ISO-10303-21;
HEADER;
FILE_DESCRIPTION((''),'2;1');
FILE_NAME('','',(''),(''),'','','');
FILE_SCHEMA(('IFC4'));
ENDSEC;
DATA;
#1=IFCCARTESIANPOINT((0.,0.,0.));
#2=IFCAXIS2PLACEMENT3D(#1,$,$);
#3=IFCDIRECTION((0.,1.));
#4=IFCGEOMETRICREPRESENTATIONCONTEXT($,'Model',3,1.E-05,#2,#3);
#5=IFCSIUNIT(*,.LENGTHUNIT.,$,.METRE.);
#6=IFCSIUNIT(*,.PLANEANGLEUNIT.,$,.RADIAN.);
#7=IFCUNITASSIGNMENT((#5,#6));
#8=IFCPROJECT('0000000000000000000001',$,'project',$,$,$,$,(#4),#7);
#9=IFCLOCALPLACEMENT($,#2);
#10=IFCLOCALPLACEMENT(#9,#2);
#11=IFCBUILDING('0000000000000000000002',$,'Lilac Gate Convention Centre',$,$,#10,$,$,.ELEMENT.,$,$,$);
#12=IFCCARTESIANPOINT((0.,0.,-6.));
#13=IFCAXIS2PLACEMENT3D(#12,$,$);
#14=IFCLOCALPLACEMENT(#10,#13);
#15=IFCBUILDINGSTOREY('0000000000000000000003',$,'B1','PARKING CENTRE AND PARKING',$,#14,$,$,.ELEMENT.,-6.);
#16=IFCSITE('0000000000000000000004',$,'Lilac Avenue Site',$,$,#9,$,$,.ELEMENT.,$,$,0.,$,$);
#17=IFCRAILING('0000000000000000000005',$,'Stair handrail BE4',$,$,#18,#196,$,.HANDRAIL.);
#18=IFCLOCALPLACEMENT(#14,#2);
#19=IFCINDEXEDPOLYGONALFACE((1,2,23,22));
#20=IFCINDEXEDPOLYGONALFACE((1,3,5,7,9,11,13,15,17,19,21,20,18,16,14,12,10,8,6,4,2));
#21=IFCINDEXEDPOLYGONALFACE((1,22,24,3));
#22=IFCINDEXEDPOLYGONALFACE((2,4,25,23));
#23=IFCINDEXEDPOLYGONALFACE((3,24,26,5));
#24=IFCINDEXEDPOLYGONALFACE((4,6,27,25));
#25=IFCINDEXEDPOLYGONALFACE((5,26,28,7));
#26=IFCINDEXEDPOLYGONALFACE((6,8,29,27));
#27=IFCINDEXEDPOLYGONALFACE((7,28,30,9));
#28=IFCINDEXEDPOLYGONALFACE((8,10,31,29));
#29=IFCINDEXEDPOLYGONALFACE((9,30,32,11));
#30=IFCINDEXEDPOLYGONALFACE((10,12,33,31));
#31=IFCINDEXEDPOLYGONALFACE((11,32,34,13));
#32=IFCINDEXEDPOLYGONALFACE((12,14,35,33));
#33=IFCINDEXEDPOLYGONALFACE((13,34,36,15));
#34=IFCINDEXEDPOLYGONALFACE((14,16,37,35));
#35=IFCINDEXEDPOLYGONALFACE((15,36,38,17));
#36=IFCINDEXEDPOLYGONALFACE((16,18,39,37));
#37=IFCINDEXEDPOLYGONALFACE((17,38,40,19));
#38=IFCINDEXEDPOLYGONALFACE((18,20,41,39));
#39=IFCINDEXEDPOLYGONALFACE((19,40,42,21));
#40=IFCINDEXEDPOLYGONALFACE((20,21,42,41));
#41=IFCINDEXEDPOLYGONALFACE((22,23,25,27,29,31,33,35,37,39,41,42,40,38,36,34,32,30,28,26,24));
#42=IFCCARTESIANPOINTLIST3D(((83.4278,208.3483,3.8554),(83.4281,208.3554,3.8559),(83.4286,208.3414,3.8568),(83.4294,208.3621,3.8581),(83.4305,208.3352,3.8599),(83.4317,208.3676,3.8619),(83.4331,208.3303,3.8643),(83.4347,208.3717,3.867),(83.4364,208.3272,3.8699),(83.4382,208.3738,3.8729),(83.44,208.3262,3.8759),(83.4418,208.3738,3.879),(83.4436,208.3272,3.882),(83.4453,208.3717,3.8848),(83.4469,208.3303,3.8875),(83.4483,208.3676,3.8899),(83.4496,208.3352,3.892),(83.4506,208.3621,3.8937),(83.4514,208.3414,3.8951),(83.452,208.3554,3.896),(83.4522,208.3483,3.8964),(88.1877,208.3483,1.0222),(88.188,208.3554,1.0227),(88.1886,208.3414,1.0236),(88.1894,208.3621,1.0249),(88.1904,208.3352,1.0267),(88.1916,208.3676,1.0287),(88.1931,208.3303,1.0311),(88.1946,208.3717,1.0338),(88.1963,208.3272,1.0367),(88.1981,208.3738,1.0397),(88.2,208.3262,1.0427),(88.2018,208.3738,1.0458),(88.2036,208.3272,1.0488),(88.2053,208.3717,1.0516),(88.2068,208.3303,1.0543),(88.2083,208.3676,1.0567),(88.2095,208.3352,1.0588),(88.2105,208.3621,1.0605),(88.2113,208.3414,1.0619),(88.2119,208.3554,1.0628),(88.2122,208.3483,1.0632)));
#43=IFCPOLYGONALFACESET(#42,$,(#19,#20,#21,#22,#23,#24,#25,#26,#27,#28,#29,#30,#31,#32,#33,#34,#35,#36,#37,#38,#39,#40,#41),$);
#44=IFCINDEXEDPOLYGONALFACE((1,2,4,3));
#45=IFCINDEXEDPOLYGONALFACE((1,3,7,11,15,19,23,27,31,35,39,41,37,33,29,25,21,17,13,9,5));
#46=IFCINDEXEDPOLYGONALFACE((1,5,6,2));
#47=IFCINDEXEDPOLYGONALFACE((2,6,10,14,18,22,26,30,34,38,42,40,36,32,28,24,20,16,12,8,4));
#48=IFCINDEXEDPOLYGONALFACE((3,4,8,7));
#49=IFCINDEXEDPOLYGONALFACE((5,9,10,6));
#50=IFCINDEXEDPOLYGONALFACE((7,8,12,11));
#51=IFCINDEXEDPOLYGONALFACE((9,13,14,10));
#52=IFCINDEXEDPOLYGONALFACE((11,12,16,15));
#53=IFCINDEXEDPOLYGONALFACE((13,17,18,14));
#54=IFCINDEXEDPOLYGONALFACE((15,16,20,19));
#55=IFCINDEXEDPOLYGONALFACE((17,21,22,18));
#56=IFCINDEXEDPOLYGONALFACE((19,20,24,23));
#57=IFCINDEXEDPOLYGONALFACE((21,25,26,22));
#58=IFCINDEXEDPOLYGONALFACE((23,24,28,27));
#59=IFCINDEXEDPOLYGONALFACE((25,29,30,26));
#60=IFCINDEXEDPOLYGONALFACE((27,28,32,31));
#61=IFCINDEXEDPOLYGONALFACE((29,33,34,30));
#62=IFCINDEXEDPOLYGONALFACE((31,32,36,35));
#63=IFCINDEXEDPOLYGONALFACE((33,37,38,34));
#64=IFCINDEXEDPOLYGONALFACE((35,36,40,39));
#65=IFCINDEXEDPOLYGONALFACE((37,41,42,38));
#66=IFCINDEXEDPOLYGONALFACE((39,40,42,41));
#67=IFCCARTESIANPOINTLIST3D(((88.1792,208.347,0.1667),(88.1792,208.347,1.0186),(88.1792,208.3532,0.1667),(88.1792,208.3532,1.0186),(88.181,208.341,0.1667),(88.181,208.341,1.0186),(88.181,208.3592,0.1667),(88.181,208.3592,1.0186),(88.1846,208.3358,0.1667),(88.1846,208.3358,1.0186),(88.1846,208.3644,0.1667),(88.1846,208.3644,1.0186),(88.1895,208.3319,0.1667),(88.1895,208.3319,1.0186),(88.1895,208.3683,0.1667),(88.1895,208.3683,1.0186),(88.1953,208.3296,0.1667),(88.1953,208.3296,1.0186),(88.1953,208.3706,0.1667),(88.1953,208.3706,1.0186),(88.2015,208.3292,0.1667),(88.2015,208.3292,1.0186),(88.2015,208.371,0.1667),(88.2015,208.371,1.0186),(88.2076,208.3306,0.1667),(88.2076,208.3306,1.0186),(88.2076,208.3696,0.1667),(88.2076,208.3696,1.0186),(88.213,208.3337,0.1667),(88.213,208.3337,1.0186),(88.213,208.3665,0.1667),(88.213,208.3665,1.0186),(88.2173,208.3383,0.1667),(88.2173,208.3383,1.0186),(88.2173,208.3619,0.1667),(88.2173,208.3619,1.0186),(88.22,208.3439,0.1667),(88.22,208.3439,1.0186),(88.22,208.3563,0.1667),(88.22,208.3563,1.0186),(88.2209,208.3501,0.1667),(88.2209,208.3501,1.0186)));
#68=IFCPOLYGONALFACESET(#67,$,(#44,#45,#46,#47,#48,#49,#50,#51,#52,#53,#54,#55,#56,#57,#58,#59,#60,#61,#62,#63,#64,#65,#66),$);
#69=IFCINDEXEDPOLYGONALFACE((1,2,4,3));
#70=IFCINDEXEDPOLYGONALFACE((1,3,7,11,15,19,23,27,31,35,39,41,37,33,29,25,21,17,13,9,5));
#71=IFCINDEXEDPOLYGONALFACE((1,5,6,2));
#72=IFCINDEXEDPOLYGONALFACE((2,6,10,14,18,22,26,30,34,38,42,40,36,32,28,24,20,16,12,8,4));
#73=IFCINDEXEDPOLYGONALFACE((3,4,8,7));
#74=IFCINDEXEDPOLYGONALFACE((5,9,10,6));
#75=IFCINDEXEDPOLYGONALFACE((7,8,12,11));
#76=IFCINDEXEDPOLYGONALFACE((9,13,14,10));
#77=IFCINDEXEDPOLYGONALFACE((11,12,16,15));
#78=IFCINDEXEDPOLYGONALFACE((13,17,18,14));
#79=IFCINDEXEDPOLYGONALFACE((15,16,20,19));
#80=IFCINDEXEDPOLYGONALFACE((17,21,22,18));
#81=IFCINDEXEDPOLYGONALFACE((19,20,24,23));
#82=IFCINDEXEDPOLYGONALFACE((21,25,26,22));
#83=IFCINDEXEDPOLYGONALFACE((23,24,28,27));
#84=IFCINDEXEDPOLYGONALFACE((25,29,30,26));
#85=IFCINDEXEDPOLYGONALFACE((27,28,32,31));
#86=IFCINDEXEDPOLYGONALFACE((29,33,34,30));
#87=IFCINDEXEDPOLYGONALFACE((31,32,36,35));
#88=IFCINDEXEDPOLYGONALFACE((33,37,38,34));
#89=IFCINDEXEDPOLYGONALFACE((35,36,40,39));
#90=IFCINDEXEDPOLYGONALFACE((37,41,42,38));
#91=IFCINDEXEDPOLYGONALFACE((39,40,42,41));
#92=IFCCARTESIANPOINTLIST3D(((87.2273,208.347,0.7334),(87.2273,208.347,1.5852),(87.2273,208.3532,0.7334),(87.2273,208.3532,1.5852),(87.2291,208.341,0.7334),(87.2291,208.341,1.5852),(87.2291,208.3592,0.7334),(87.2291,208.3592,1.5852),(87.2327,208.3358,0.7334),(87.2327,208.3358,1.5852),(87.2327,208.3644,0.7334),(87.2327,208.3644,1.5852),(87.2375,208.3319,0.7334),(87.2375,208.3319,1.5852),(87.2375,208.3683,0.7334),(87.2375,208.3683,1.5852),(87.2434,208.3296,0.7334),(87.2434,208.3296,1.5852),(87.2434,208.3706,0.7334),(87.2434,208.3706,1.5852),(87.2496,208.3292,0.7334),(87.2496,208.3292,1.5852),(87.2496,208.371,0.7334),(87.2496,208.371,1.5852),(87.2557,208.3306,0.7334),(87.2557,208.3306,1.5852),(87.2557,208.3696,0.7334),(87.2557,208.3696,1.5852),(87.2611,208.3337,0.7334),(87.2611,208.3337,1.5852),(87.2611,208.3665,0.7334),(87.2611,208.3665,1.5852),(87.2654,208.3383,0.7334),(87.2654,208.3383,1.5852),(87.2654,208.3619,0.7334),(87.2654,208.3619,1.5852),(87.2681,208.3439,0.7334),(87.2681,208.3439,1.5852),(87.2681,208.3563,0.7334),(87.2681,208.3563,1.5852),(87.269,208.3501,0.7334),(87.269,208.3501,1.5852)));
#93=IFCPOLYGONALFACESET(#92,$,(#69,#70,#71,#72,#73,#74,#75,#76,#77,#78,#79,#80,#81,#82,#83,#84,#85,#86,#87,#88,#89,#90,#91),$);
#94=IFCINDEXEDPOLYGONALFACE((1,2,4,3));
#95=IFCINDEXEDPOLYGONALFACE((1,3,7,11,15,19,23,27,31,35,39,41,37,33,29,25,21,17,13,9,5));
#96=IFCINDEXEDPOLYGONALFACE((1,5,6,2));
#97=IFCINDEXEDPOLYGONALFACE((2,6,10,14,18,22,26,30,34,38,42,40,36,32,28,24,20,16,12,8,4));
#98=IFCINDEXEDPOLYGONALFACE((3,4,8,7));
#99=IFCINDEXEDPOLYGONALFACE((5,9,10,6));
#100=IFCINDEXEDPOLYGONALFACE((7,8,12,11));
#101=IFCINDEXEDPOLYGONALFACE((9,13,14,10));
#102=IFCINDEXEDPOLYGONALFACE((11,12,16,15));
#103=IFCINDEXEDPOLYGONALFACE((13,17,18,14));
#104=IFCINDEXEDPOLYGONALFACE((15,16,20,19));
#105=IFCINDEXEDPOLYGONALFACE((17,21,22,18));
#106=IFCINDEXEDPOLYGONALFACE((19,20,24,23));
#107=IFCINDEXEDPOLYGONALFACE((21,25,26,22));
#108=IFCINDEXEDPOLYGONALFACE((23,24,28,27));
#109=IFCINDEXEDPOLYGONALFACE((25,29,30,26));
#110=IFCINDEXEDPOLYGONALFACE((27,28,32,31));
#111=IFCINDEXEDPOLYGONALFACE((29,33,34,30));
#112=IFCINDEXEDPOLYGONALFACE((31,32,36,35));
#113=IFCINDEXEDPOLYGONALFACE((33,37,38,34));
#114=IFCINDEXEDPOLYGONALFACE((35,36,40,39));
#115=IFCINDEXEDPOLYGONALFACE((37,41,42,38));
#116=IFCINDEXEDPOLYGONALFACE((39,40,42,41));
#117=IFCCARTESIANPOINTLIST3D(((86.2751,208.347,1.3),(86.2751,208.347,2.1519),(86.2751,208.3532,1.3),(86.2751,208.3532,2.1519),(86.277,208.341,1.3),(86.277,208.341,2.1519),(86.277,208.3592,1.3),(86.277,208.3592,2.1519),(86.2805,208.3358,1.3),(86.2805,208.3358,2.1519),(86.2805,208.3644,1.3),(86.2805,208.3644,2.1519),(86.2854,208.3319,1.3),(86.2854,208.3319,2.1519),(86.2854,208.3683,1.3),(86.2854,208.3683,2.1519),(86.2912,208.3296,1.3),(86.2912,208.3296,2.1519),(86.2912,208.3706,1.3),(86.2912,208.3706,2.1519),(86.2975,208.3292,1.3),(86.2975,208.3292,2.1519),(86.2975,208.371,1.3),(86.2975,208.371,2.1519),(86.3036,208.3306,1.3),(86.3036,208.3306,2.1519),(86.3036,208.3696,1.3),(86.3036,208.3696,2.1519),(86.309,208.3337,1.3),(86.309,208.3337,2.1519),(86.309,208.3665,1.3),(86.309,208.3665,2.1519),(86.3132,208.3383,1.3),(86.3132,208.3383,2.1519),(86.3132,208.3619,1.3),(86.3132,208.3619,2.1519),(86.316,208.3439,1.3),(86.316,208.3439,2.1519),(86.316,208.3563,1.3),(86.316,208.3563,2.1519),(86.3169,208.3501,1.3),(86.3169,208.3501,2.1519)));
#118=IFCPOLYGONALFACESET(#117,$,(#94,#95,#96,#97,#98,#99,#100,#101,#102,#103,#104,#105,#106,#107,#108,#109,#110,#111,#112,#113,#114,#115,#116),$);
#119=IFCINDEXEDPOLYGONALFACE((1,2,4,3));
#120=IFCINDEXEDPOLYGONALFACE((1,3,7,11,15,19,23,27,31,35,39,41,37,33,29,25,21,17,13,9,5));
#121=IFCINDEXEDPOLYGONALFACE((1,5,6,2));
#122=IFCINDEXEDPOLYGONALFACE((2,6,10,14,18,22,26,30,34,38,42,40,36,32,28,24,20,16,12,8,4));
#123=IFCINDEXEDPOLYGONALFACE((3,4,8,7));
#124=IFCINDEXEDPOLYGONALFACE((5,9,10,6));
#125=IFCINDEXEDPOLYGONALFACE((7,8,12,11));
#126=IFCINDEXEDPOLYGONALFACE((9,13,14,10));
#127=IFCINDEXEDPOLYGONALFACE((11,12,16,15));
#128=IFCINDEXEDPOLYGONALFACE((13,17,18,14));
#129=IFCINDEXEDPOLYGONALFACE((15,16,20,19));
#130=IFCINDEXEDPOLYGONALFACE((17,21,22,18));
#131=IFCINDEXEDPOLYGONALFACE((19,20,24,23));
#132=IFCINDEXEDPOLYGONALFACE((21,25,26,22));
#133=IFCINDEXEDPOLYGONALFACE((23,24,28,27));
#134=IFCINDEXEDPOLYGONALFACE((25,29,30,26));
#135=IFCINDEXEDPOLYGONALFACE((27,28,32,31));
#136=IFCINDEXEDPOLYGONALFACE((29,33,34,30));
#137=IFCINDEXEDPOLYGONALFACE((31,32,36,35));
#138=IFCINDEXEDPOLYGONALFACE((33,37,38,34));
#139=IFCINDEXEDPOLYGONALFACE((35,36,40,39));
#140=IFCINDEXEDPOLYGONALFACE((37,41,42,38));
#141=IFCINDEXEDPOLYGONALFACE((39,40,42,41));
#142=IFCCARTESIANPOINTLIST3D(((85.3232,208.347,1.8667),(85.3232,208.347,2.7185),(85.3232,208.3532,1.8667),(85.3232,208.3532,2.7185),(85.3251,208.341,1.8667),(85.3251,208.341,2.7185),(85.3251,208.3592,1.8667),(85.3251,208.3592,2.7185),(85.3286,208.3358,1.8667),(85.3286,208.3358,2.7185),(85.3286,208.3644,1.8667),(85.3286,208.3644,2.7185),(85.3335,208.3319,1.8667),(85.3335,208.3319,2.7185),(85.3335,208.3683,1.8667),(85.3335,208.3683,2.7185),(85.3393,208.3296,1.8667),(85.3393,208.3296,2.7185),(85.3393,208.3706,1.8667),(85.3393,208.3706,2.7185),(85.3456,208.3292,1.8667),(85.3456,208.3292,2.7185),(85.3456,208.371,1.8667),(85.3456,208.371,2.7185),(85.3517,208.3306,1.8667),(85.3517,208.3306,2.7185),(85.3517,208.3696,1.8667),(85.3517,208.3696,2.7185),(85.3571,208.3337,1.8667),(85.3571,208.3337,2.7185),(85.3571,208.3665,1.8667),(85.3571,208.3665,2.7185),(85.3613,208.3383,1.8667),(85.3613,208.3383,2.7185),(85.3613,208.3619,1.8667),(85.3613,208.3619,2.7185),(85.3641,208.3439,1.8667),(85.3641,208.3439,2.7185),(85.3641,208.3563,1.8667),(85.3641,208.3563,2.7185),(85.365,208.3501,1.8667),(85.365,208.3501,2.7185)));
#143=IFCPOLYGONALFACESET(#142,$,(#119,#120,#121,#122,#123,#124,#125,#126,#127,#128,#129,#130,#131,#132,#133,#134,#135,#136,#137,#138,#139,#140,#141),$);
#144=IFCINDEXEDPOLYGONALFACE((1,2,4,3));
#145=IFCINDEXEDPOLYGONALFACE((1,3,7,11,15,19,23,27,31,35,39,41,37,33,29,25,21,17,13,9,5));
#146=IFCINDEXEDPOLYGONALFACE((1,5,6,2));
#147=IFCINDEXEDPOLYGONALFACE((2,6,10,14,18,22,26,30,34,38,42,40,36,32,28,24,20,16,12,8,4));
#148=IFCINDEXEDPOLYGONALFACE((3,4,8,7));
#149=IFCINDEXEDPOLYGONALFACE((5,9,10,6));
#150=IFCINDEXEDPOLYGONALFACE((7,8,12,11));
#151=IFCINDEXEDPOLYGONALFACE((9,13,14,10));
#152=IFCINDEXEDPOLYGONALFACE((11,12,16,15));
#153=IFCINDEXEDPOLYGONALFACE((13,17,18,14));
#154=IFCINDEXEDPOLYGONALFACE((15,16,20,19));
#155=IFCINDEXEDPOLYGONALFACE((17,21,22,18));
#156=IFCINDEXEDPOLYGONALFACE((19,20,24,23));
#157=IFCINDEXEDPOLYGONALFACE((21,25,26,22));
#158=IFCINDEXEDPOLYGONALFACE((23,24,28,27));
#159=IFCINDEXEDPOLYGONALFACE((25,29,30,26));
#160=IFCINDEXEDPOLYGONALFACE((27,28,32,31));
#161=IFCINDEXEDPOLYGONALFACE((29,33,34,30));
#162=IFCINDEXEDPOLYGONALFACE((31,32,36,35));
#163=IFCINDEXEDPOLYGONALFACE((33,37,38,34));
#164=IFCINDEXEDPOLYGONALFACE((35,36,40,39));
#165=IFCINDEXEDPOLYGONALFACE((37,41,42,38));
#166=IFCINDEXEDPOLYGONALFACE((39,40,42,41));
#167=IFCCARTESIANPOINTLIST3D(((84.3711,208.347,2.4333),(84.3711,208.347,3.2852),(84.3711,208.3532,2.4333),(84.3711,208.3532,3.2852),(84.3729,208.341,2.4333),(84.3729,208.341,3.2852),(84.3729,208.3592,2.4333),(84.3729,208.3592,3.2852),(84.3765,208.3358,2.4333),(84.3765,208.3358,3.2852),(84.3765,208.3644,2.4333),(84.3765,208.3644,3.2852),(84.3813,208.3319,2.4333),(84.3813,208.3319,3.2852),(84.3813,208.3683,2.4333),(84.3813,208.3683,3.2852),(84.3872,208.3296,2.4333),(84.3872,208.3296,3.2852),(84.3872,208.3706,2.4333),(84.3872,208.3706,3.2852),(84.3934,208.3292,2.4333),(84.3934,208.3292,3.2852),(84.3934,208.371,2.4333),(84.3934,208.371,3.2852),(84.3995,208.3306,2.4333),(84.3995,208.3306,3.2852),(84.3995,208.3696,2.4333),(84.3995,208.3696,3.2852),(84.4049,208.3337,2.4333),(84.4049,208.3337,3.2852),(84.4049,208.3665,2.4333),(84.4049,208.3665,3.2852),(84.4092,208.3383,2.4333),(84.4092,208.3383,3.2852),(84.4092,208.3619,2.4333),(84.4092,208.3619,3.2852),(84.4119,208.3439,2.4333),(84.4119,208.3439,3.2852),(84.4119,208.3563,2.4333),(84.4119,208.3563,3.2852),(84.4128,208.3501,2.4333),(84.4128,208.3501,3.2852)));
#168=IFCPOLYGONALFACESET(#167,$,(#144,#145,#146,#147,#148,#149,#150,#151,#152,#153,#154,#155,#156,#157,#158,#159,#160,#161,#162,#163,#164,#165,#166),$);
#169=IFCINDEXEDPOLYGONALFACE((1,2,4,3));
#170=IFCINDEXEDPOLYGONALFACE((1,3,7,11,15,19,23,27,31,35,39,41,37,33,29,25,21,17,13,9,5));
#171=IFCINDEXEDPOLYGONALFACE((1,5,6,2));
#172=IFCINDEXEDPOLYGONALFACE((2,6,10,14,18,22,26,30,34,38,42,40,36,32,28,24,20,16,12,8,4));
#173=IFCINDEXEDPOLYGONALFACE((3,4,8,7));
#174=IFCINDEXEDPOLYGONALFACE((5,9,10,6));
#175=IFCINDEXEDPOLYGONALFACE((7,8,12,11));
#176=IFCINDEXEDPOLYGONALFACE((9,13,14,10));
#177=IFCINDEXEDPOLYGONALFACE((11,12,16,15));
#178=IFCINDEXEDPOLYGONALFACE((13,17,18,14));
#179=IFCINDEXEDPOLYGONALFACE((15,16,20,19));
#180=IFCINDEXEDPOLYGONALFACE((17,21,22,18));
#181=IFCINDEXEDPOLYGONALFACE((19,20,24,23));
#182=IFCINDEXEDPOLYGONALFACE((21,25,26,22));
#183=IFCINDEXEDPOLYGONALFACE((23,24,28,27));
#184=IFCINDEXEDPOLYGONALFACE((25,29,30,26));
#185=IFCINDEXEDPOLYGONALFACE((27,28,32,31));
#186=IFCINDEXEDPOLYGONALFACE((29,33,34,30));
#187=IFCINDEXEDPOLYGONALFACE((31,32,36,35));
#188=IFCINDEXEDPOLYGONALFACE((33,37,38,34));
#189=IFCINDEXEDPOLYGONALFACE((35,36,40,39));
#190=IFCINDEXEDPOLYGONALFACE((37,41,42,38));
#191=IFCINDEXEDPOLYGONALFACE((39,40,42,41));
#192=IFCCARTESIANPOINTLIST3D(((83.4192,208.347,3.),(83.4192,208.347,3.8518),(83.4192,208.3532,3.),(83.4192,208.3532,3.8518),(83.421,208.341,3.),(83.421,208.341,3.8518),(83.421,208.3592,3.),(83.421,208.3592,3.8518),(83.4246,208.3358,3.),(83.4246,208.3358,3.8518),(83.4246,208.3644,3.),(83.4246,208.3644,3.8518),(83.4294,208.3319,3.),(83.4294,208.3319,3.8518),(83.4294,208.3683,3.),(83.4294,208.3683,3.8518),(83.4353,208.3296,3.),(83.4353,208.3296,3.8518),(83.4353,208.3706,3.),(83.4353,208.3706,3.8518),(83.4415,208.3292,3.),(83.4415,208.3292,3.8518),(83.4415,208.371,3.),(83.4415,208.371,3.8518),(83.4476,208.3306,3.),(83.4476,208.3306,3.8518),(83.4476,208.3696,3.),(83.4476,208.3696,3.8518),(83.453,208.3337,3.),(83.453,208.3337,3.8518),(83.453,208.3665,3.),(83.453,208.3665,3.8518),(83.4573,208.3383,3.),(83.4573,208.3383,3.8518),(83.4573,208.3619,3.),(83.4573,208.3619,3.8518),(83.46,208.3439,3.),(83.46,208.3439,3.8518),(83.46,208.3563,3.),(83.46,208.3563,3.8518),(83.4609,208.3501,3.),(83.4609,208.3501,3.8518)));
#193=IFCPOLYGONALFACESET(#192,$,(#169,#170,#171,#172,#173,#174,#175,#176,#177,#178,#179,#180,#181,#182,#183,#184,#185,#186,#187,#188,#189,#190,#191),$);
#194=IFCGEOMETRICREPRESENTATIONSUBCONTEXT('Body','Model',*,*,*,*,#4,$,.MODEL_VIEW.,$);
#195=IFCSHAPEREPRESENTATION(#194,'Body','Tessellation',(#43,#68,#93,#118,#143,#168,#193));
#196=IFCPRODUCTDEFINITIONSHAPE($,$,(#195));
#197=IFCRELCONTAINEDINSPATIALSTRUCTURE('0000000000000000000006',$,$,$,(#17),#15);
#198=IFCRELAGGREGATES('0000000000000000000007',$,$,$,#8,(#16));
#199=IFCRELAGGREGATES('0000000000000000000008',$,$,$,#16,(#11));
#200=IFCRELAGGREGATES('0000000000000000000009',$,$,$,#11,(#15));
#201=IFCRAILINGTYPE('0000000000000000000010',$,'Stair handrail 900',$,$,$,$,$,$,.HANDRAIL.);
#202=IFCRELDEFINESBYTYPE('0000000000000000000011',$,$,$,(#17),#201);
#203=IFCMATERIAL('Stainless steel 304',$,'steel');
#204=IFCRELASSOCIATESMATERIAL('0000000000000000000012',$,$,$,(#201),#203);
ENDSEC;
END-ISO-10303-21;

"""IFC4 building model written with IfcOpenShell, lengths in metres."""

from ifc_helpers import new_model, si_unit, direction, frame, origin, origin_2d, place, context, subcontext, project, spatial, circle, extrude, material, type_object, element, save


model = new_model("IFC4")

# Units and contexts
model_context = context("Model", 3, precision=1e-05, world=origin(), true_north=direction((0.0, 1.0)))
body_context = subcontext(model_context, "Body", "Model", "MODEL_VIEW")
ifc_project = project(units=[si_unit("LENGTHUNIT", "METRE"), si_unit("PLANEANGLEUNIT", "RADIAN")], contexts=[model_context])

# Site, building, storey
site_placement = place(None, origin())
site = spatial("IfcSite", under=ifc_project, at=site_placement, Name="Lilac Avenue Site", CompositionType="ELEMENT", RefElevation=0.0)
building_placement = place(site_placement, origin())
building = spatial("IfcBuilding", under=site, at=building_placement, Name="Lilac Gate Convention Centre", CompositionType="ELEMENT")
storey_placement = place(building_placement, frame((0.0, 0.0, -6.0)))
storey = spatial("IfcBuildingStorey", under=building, at=storey_placement, Name="B1", Description="PARKING CENTRE AND PARKING", CompositionType="ELEMENT", Elevation=-6.0)

# Railing
ifc_material_1 = material(Name="Stainless steel 304", Category="steel")
railing_type = type_object("IfcRailingType", Name="Stair handrail 900", PredefinedType="HANDRAIL", material=ifc_material_1)
for number, where, name in (
    (1, (88.2, 208.3501, 0.1667), "Stair handrail BE4"),
):
    element("IfcRailing", number, at=place(storey_placement, frame(where)), inside=storey, type_object=railing_type, Name=name, PredefinedType="HANDRAIL", context=body_context, shape_type="SweptSolid", body=[
        extrude(circle(Radius=0.0239, at=origin_2d()), frame((0.0, 0.0, 0.876), z_axis=(-0.8593, 0.0, 0.511472), x_axis=(0.0, -1.0, 0.0)), (0.0, 0.0, 1.0), 5.5393),
        extrude(circle(Radius=0.021, at=origin_2d()), origin(), (0.0, 0.0, 1.0), 0.8518),
        extrude(circle(Radius=0.021, at=origin_2d()), frame((-0.9519, 0.0, 0.5667)), (0.0, 0.0, 1.0), 0.8518),
        extrude(circle(Radius=0.021, at=origin_2d()), frame((-1.9041, 0.0, 1.1333)), (0.0, 0.0, 1.0), 0.8518),
        extrude(circle(Radius=0.021, at=origin_2d()), frame((-2.856, 0.0, 1.7)), (0.0, 0.0, 1.0), 0.8518),
        extrude(circle(Radius=0.021, at=origin_2d()), frame((-3.8081, 0.0, 2.2666)), (0.0, 0.0, 1.0), 0.8518),
        extrude(circle(Radius=0.021, at=origin_2d()), frame((-4.76, 0.0, 2.8333)), (0.0, 0.0, 1.0), 0.8518),
    ])

save(model, "model.ifc")
